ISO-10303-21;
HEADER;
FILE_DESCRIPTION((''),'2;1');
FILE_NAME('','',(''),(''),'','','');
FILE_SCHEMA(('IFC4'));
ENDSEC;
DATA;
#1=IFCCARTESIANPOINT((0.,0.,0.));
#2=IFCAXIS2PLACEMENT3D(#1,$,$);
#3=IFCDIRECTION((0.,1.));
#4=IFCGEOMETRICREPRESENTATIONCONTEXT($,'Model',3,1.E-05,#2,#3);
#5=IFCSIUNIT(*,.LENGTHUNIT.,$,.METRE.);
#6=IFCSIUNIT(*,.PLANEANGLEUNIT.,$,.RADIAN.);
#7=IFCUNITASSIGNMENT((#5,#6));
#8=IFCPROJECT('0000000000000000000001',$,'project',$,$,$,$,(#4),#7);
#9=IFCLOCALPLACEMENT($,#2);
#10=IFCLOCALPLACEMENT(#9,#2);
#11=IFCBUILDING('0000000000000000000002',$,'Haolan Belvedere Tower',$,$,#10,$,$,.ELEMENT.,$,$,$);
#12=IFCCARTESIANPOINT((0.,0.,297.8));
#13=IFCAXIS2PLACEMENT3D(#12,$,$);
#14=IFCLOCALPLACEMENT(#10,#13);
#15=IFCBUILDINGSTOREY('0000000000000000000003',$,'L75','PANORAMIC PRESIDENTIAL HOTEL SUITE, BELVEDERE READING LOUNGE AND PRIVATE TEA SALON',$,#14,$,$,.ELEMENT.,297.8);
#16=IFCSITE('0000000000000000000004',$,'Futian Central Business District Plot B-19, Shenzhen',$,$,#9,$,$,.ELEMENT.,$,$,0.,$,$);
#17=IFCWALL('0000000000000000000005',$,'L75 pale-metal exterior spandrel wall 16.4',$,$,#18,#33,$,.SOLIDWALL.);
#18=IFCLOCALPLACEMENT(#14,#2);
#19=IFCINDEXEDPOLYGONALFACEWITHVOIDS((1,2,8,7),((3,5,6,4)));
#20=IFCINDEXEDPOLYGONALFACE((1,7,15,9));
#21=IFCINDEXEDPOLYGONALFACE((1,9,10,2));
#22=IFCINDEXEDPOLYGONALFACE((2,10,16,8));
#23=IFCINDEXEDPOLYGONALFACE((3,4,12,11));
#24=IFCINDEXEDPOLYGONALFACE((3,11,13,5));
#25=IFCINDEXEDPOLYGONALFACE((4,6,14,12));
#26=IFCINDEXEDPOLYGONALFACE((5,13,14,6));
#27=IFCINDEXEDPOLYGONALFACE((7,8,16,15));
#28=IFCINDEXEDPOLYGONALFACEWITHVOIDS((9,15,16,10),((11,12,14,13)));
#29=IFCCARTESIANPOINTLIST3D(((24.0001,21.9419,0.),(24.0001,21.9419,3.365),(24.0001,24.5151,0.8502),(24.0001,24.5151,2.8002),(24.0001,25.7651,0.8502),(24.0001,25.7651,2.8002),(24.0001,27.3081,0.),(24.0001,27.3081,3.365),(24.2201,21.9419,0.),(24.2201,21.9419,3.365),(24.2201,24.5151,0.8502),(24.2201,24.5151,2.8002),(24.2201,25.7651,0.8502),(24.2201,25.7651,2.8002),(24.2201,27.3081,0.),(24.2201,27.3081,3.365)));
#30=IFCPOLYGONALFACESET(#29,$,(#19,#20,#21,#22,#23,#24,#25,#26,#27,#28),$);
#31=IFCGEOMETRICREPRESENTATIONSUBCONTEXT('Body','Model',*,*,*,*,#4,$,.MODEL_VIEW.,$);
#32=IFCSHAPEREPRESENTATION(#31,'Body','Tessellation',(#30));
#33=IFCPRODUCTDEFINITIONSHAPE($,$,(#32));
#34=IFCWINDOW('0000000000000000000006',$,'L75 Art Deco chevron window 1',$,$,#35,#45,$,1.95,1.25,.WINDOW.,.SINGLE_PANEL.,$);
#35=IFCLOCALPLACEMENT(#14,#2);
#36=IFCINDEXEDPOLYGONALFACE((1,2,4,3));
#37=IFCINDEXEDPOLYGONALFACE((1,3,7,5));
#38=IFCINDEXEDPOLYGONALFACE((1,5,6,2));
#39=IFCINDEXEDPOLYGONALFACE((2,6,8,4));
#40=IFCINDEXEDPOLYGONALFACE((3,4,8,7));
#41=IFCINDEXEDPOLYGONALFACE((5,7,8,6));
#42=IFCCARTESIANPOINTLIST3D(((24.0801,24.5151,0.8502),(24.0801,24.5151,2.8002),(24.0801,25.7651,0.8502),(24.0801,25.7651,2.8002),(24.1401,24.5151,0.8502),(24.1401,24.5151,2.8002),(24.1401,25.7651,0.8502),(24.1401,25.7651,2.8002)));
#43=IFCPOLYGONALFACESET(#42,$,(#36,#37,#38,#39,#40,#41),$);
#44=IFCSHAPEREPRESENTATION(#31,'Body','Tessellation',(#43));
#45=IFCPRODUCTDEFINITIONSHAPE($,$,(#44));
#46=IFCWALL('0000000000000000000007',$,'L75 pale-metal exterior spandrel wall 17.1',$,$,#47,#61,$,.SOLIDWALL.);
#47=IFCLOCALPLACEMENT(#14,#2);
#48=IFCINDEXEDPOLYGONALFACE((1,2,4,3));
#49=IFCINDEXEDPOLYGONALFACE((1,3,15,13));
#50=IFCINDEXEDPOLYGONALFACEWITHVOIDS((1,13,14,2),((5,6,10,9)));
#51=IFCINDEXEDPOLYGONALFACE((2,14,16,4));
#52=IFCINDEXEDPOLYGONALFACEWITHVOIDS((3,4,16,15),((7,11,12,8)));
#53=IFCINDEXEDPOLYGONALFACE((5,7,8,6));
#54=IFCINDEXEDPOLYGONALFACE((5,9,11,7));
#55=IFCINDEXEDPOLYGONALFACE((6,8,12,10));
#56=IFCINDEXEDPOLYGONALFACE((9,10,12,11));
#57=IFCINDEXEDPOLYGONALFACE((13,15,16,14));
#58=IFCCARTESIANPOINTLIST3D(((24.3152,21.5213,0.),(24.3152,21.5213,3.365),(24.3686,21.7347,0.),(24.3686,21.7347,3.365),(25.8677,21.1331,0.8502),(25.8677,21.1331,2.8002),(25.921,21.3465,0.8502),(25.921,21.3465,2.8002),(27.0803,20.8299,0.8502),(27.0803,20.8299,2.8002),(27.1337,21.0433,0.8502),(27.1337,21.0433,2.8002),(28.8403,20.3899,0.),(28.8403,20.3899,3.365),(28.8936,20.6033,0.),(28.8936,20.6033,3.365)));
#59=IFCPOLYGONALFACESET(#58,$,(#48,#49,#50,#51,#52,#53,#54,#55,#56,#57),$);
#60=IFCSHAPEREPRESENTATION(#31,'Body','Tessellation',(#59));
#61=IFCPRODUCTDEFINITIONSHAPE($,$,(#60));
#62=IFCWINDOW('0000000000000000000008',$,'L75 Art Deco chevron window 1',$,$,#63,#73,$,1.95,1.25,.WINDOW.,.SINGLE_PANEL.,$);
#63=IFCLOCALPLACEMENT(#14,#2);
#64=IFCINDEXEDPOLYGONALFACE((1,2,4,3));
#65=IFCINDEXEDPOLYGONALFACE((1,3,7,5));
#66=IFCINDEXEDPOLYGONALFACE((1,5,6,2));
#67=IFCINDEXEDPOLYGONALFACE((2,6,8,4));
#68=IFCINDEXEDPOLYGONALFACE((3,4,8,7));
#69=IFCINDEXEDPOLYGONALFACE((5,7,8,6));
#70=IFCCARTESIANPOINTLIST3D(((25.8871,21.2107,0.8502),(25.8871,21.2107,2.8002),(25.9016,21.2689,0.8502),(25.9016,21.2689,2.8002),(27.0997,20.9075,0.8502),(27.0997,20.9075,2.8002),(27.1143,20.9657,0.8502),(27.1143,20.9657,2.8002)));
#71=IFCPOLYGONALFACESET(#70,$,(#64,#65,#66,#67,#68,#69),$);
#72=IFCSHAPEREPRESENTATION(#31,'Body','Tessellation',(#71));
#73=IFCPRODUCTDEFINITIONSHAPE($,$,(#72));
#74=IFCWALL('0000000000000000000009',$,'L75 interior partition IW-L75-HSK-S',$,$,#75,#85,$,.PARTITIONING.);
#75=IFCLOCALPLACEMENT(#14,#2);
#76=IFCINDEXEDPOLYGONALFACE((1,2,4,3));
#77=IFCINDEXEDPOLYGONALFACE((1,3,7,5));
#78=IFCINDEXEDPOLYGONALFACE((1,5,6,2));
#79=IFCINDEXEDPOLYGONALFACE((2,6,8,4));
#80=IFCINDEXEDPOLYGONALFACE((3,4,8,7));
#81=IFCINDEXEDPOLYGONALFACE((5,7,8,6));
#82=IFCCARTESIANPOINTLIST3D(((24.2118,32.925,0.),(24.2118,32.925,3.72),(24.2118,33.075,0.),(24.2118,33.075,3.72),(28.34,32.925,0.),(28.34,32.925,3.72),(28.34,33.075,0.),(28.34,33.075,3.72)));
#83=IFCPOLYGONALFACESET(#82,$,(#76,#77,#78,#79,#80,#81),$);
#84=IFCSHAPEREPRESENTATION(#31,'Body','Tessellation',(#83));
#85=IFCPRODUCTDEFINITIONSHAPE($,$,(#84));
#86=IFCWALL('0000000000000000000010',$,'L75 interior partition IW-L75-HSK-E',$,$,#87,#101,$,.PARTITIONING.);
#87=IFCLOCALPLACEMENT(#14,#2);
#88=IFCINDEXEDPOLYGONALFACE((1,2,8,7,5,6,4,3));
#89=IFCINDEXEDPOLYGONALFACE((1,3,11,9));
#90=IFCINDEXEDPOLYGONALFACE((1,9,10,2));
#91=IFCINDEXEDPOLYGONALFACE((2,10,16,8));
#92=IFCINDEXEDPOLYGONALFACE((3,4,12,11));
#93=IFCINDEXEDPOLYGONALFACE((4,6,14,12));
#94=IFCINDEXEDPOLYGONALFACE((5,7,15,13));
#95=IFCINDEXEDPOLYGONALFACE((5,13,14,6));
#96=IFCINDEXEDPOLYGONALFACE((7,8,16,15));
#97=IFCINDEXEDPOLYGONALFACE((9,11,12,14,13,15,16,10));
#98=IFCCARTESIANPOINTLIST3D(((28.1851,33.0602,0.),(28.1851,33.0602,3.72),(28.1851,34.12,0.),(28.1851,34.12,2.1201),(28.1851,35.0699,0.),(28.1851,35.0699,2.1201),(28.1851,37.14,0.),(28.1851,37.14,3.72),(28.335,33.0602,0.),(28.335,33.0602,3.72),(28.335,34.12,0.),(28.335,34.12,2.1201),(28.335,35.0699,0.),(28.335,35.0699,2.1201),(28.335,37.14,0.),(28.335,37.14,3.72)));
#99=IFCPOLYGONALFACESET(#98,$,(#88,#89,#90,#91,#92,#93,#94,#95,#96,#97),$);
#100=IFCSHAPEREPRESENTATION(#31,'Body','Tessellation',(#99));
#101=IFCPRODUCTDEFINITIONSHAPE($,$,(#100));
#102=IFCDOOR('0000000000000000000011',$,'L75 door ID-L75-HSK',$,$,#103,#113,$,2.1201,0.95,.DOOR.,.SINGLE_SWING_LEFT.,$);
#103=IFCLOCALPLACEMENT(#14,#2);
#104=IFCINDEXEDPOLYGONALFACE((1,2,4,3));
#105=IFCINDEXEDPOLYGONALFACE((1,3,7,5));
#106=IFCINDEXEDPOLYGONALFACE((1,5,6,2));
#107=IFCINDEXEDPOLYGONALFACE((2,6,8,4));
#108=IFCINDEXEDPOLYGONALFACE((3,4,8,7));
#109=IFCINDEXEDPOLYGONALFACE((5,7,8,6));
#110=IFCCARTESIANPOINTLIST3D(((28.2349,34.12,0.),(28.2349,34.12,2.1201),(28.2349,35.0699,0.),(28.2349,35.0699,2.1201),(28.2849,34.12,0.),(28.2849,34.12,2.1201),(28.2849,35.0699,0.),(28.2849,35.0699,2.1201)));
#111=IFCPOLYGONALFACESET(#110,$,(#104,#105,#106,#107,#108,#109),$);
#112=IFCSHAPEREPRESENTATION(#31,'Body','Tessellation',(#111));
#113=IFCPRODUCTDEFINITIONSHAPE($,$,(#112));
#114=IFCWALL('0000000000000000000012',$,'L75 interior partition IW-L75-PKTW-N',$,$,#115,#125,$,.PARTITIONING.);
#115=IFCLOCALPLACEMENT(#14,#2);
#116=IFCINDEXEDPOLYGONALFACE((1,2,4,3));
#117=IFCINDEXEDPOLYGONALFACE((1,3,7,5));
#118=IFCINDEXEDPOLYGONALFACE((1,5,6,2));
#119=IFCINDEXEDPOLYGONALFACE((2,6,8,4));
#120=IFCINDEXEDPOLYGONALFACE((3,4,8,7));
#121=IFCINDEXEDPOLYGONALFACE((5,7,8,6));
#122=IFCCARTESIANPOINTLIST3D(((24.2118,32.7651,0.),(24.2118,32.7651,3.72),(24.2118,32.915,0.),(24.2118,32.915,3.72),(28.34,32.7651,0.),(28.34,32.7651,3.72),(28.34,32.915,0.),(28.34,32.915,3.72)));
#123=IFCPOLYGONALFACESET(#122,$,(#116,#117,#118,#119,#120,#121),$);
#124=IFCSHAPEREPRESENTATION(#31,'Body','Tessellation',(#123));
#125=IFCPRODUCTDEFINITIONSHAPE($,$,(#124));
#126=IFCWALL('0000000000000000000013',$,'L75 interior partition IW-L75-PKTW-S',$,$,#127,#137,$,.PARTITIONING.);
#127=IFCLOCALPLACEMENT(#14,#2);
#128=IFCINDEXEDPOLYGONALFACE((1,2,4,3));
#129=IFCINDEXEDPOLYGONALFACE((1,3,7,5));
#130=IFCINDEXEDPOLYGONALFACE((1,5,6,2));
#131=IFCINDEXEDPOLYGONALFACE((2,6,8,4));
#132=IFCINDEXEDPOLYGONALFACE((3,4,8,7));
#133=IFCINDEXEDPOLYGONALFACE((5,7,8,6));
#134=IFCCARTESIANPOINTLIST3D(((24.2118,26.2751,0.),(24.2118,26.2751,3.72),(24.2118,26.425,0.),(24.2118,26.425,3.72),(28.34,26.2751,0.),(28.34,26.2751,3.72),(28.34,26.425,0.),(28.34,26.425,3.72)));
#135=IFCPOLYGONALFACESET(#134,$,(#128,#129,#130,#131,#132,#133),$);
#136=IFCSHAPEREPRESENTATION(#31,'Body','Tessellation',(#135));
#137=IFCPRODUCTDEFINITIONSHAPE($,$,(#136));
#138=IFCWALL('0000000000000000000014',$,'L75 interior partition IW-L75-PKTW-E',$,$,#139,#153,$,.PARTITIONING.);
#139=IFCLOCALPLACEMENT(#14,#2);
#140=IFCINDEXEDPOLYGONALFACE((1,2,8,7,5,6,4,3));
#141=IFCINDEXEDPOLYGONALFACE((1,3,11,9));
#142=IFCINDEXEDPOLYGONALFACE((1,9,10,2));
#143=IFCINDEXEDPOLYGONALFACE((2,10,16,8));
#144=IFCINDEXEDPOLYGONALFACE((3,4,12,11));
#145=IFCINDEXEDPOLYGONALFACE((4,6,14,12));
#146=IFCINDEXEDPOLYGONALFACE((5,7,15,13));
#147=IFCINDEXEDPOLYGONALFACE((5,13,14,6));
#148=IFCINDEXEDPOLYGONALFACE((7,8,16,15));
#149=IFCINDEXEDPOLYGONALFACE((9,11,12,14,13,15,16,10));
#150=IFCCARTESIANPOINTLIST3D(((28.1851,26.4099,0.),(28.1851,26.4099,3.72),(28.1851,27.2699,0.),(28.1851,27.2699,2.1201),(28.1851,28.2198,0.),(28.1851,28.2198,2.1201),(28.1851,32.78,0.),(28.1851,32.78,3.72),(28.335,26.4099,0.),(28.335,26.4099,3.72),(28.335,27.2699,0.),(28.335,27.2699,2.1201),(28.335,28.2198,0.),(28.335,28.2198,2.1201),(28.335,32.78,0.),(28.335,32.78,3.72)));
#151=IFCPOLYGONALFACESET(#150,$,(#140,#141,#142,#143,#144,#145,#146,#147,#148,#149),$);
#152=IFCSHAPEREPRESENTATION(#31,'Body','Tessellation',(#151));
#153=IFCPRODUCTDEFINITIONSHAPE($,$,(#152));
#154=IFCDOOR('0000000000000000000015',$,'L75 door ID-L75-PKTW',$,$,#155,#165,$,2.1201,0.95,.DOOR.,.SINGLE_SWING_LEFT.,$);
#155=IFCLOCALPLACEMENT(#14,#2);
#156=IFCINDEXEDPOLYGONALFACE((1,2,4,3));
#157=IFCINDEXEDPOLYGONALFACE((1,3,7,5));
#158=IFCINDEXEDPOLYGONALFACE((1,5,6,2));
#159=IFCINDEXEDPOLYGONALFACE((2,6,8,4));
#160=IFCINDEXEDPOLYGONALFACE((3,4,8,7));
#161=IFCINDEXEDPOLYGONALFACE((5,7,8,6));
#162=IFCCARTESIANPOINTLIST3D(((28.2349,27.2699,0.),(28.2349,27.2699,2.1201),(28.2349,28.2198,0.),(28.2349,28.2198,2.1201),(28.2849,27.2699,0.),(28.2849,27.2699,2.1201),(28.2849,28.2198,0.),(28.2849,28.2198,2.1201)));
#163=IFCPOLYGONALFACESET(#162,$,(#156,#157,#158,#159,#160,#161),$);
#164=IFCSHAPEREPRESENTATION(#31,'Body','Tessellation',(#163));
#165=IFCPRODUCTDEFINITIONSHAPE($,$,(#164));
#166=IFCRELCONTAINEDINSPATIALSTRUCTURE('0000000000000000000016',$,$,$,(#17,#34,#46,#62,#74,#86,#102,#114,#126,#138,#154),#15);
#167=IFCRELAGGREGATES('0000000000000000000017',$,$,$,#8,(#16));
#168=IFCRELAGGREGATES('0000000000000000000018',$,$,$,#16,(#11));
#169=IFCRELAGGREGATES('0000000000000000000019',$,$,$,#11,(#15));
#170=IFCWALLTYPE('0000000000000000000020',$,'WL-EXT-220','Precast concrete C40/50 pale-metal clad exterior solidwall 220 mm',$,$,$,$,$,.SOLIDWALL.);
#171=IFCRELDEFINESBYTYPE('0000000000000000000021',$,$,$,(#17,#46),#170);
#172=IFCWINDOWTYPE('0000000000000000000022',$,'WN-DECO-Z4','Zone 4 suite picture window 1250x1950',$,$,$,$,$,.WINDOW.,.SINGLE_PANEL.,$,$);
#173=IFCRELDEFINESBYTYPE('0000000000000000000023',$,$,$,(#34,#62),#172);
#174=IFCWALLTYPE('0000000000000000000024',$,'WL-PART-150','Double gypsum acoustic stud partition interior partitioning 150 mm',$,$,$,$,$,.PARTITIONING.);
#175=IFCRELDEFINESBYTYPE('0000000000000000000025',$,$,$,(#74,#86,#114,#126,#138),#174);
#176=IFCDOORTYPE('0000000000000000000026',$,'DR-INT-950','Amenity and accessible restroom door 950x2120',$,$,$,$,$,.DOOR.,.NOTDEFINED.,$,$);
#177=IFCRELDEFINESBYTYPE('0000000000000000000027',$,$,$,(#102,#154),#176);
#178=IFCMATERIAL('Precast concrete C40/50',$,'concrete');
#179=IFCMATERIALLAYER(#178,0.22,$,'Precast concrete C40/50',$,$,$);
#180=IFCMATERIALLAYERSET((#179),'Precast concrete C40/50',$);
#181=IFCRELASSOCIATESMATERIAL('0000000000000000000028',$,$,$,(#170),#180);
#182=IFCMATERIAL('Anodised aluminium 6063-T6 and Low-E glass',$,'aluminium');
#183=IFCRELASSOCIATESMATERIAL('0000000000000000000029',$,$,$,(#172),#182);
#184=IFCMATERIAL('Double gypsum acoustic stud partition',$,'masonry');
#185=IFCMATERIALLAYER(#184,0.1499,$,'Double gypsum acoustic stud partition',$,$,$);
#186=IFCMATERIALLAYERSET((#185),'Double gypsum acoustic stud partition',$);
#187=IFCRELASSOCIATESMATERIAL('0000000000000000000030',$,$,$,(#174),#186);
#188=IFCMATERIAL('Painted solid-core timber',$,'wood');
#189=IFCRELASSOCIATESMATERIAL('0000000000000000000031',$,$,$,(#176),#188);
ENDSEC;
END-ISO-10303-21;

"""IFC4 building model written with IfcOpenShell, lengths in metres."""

from ifc_helpers import new_model, si_unit, direction, frame, frame_2d, origin, place, context, subcontext, project, spatial, rectangle, extrude, material, layer, layer_set, type_object, element, fill, save


model = new_model("IFC4")

# Units and contexts
model_context = context("Model", 3, precision=1e-05, world=origin(), true_north=direction((0.0, 1.0)))
body_context = subcontext(model_context, "Body", "Model", "MODEL_VIEW")
ifc_project = project(units=[si_unit("LENGTHUNIT", "METRE"), si_unit("PLANEANGLEUNIT", "RADIAN")], contexts=[model_context])

# Site, building, storey
site_placement = place(None, origin())
site = spatial("IfcSite", under=ifc_project, at=site_placement, Name="Futian Central Business District Plot B-19, Shenzhen", CompositionType="ELEMENT", RefElevation=0.0)
building_placement = place(site_placement, origin())
building = spatial("IfcBuilding", under=site, at=building_placement, Name="Haolan Belvedere Tower", CompositionType="ELEMENT")
storey_placement = place(building_placement, frame((0.0, 0.0, 297.8)))
storey = spatial("IfcBuildingStorey", under=building, at=storey_placement, Name="L75", Description="PANORAMIC PRESIDENTIAL HOTEL SUITE, BELVEDERE READING LOUNGE AND PRIVATE TEA SALON", CompositionType="ELEMENT", Elevation=297.8)

# Walls, openings, windows
ifc_material_1 = material(Name="Precast concrete C40/50", Category="concrete")
ifc_layer_1 = layer(ifc_material_1, 0.22, Name="Precast concrete C40/50")
ifc_layer_set_1 = layer_set([ifc_layer_1], Name="Precast concrete C40/50")
wall_type_1 = type_object("IfcWallType", Name="WL-EXT-220", Description="Precast concrete C40/50 pale-metal clad exterior solidwall 220 mm", PredefinedType="SOLIDWALL", material=ifc_layer_set_1)
ifc_material_2 = material(Name="Anodised aluminium 6063-T6 and Low-E glass", Category="aluminium")
window_type = type_object("IfcWindowType", Name="WN-DECO-Z4", Description="Zone 4 suite picture window 1250x1950", PartitioningType="SINGLE_PANEL", PredefinedType="WINDOW", material=ifc_material_2)
wall_1_placement = place(storey_placement, frame((24.1101, 27.3081, 0.0), z_axis=(0.0, 0.0, 1.0), x_axis=(0.0, -1.0, 0.0)))
wall_1 = element("IfcWall", 1, at=wall_1_placement, inside=storey, type_object=wall_type_1, Name="L75 pale-metal exterior spandrel wall 16.4", PredefinedType="SOLIDWALL", context=body_context, shape_type="SweptSolid", body=[
    extrude(rectangle(XDim=5.3662, YDim=0.22, at=frame_2d((2.6831, 0.0))), origin(), (0.0, 0.0, 1.0), 3.365),
])
opening_1_placement = place(wall_1_placement, frame((1.543, 0.0, 0.8501)))
opening_1 = element("IfcOpeningElement", 2, at=opening_1_placement, cuts=wall_1, PredefinedType="OPENING", context=body_context, shape_type="SweptSolid", body=[
    extrude(rectangle(XDim=1.25, YDim=1.95, at=frame_2d((0.625, 0.9751))), frame((0.0, 0.1199, 0.0), z_axis=(0.0, -1.0, 0.0), x_axis=(1.0, 0.0, 0.0)), (0.0, 0.0, 1.0), 0.24),
])
window_1_placement = place(opening_1_placement, origin())
window_1 = element("IfcWindow", 3, at=window_1_placement, inside=storey, type_object=window_type, Name="L75 Art Deco chevron window 1", OverallHeight=1.95, OverallWidth=1.25, PartitioningType="SINGLE_PANEL", PredefinedType="WINDOW", context=body_context, shape_type="SweptSolid", body=[
    extrude(rectangle(XDim=1.25, YDim=1.95, at=frame_2d((0.625, 0.9751))), frame((0.0, 0.03, 0.0), z_axis=(0.0, -1.0, 0.0), x_axis=(1.0, 0.0, 0.0)), (0.0, 0.0, 1.0), 0.0601),
])
fill(opening_1, window_1)
wall_2_placement = place(storey_placement, frame((24.342, 21.6279, 0.0), z_axis=(0.0, 0.0, 1.0), x_axis=(0.970136, -0.24256, 0.0)))
wall_2 = element("IfcWall", 4, at=wall_2_placement, inside=storey, type_object=wall_type_1, Name="L75 pale-metal exterior spandrel wall 17.1", PredefinedType="SOLIDWALL", context=body_context, shape_type="SweptSolid", body=[
    extrude(rectangle(XDim=4.6643, YDim=0.22, at=frame_2d((2.332, 0.0))), origin(), (0.0, 0.0, 1.0), 3.365),
])
opening_2_placement = place(wall_2_placement, frame((1.6001, 0.0, 0.8501)))
opening_2 = element("IfcOpeningElement", 5, at=opening_2_placement, cuts=wall_2, PredefinedType="OPENING", context=body_context, shape_type="SweptSolid", body=[
    extrude(rectangle(XDim=1.25, YDim=1.95, at=frame_2d((0.625, 0.9751))), frame((0.0, 0.1199, 0.0), z_axis=(0.0, -1.0, 0.0), x_axis=(1.0, 0.0, 0.0)), (0.0, 0.0, 1.0), 0.24),
])
window_2_placement = place(opening_2_placement, origin())
window_2 = element("IfcWindow", 6, at=window_2_placement, inside=storey, type_object=window_type, Name="L75 Art Deco chevron window 1", OverallHeight=1.95, OverallWidth=1.25, PartitioningType="SINGLE_PANEL", PredefinedType="WINDOW", context=body_context, shape_type="SweptSolid", body=[
    extrude(rectangle(XDim=1.25, YDim=1.95, at=frame_2d((0.625, 0.9751))), frame((0.0, 0.03, 0.0), z_axis=(0.0, -1.0, 0.0), x_axis=(1.0, 0.0, 0.0)), (0.0, 0.0, 1.0), 0.0601),
])
fill(opening_2, window_2)

# Wall
ifc_material_3 = material(Name="Double gypsum acoustic stud partition", Category="masonry")
ifc_layer_2 = layer(ifc_material_3, 0.1499, Name="Double gypsum acoustic stud partition")
ifc_layer_set_2 = layer_set([ifc_layer_2], Name="Double gypsum acoustic stud partition")
wall_type_2 = type_object("IfcWallType", Name="WL-PART-150", Description="Double gypsum acoustic stud partition interior partitioning 150 mm", PredefinedType="PARTITIONING", material=ifc_layer_set_2)
wall_3_placement = place(storey_placement, frame((24.2119, 33.0, 0.0), z_axis=(0.0, 0.0, 1.0), x_axis=(1.0, 0.0, 0.0)))
element("IfcWall", 7, at=wall_3_placement, inside=storey, type_object=wall_type_2, Name="L75 interior partition IW-L75-HSK-S", PredefinedType="PARTITIONING", context=body_context, shape_type="SweptSolid", body=[
    extrude(rectangle(XDim=4.1282, YDim=0.1499, at=frame_2d((2.064, 0.0))), origin(), (0.0, 0.0, 1.0), 3.72),
])

# Wall, opening, door
wall_4_placement = place(storey_placement, frame((28.26, 33.0601, 0.0), z_axis=(0.0, 0.0, 1.0), x_axis=(0.0, 1.0, 0.0)))
wall_4 = element("IfcWall", 8, at=wall_4_placement, inside=storey, type_object=wall_type_2, Name="L75 interior partition IW-L75-HSK-E", PredefinedType="PARTITIONING", context=body_context, shape_type="SweptSolid", body=[
    extrude(rectangle(XDim=4.0798, YDim=0.1499, at=frame_2d((2.04, 0.0))), origin(), (0.0, 0.0, 1.0), 3.72),
])
opening_3_placement = place(wall_4_placement, frame((2.01, 0.0, 0.0), z_axis=(0.0, 0.0, 1.0), x_axis=(-1.0, 0.0, 0.0)))
opening_3 = element("IfcOpeningElement", 9, at=opening_3_placement, cuts=wall_4, PredefinedType="OPENING", context=body_context, shape_type="SweptSolid", body=[
    extrude(rectangle(XDim=0.95, YDim=2.1201, at=frame_2d((0.4751, 1.0601))), frame((0.0, 0.085, 0.0), z_axis=(0.0, -1.0, 0.0), x_axis=(1.0, 0.0, 0.0)), (0.0, 0.0, 1.0), 0.1699),
])
ifc_material_4 = material(Name="Painted solid-core timber", Category="wood")
door_type = type_object("IfcDoorType", Name="DR-INT-950", Description="Amenity and accessible restroom door 950x2120", OperationType="NOTDEFINED", PredefinedType="DOOR", material=ifc_material_4)
door_1_placement = place(opening_3_placement, origin())
door_1 = element("IfcDoor", 10, at=door_1_placement, inside=storey, type_object=door_type, Name="L75 door ID-L75-HSK", OperationType="SINGLE_SWING_LEFT", OverallHeight=2.1201, OverallWidth=0.95, PredefinedType="DOOR", context=body_context, shape_type="SweptSolid", body=[
    extrude(rectangle(XDim=0.95, YDim=2.1201, at=frame_2d((0.4751, 1.0601))), frame((0.0, 0.0249, 0.0), z_axis=(0.0, -1.0, 0.0), x_axis=(1.0, 0.0, 0.0)), (0.0, 0.0, 1.0), 0.05),
])
fill(opening_3, door_1)

# Walls
for number, where, z_axis, x_axis, name in (
    (11, (24.2119, 32.8401, 0.0), (0.0, 0.0, 1.0), (1.0, 0.0, 0.0), "L75 interior partition IW-L75-PKTW-N"),
    (12, (24.2119, 26.3501, 0.0), (0.0, 0.0, 1.0), (1.0, 0.0, 0.0), "L75 interior partition IW-L75-PKTW-S"),
):
    element("IfcWall", number, at=place(storey_placement, frame(where, z_axis=z_axis, x_axis=x_axis)), inside=storey, type_object=wall_type_2, Name=name, PredefinedType="PARTITIONING", context=body_context, shape_type="SweptSolid", body=[
        extrude(rectangle(XDim=4.1282, YDim=0.1499, at=frame_2d((2.064, 0.0))), origin(), (0.0, 0.0, 1.0), 3.72),
    ])

# Wall, opening, door
wall_5_placement = place(storey_placement, frame((28.26, 26.4099, 0.0), z_axis=(0.0, 0.0, 1.0), x_axis=(0.0, 1.0, 0.0)))
wall_5 = element("IfcWall", 13, at=wall_5_placement, inside=storey, type_object=wall_type_2, Name="L75 interior partition IW-L75-PKTW-E", PredefinedType="PARTITIONING", context=body_context, shape_type="SweptSolid", body=[
    extrude(rectangle(XDim=6.3701, YDim=0.1499, at=frame_2d((3.1851, 0.0))), origin(), (0.0, 0.0, 1.0), 3.72),
])
opening_4_placement = place(wall_5_placement, frame((1.8101, 0.0, 0.0), z_axis=(0.0, 0.0, 1.0), x_axis=(-1.0, 0.0, 0.0)))
opening_4 = element("IfcOpeningElement", 14, at=opening_4_placement, cuts=wall_5, PredefinedType="OPENING", context=body_context, shape_type="SweptSolid", body=[
    extrude(rectangle(XDim=0.95, YDim=2.1201, at=frame_2d((0.4751, 1.0601))), frame((0.0, 0.085, 0.0), z_axis=(0.0, -1.0, 0.0), x_axis=(1.0, 0.0, 0.0)), (0.0, 0.0, 1.0), 0.1699),
])
door_2_placement = place(opening_4_placement, origin())
door_2 = element("IfcDoor", 15, at=door_2_placement, inside=storey, type_object=door_type, Name="L75 door ID-L75-PKTW", OperationType="SINGLE_SWING_LEFT", OverallHeight=2.1201, OverallWidth=0.95, PredefinedType="DOOR", context=body_context, shape_type="SweptSolid", body=[
    extrude(rectangle(XDim=0.95, YDim=2.1201, at=frame_2d((0.4751, 1.0601))), frame((0.0, 0.0249, 0.0), z_axis=(0.0, -1.0, 0.0), x_axis=(1.0, 0.0, 0.0)), (0.0, 0.0, 1.0), 0.05),
])
fill(opening_4, door_2)

save(model, "model.ifc")
